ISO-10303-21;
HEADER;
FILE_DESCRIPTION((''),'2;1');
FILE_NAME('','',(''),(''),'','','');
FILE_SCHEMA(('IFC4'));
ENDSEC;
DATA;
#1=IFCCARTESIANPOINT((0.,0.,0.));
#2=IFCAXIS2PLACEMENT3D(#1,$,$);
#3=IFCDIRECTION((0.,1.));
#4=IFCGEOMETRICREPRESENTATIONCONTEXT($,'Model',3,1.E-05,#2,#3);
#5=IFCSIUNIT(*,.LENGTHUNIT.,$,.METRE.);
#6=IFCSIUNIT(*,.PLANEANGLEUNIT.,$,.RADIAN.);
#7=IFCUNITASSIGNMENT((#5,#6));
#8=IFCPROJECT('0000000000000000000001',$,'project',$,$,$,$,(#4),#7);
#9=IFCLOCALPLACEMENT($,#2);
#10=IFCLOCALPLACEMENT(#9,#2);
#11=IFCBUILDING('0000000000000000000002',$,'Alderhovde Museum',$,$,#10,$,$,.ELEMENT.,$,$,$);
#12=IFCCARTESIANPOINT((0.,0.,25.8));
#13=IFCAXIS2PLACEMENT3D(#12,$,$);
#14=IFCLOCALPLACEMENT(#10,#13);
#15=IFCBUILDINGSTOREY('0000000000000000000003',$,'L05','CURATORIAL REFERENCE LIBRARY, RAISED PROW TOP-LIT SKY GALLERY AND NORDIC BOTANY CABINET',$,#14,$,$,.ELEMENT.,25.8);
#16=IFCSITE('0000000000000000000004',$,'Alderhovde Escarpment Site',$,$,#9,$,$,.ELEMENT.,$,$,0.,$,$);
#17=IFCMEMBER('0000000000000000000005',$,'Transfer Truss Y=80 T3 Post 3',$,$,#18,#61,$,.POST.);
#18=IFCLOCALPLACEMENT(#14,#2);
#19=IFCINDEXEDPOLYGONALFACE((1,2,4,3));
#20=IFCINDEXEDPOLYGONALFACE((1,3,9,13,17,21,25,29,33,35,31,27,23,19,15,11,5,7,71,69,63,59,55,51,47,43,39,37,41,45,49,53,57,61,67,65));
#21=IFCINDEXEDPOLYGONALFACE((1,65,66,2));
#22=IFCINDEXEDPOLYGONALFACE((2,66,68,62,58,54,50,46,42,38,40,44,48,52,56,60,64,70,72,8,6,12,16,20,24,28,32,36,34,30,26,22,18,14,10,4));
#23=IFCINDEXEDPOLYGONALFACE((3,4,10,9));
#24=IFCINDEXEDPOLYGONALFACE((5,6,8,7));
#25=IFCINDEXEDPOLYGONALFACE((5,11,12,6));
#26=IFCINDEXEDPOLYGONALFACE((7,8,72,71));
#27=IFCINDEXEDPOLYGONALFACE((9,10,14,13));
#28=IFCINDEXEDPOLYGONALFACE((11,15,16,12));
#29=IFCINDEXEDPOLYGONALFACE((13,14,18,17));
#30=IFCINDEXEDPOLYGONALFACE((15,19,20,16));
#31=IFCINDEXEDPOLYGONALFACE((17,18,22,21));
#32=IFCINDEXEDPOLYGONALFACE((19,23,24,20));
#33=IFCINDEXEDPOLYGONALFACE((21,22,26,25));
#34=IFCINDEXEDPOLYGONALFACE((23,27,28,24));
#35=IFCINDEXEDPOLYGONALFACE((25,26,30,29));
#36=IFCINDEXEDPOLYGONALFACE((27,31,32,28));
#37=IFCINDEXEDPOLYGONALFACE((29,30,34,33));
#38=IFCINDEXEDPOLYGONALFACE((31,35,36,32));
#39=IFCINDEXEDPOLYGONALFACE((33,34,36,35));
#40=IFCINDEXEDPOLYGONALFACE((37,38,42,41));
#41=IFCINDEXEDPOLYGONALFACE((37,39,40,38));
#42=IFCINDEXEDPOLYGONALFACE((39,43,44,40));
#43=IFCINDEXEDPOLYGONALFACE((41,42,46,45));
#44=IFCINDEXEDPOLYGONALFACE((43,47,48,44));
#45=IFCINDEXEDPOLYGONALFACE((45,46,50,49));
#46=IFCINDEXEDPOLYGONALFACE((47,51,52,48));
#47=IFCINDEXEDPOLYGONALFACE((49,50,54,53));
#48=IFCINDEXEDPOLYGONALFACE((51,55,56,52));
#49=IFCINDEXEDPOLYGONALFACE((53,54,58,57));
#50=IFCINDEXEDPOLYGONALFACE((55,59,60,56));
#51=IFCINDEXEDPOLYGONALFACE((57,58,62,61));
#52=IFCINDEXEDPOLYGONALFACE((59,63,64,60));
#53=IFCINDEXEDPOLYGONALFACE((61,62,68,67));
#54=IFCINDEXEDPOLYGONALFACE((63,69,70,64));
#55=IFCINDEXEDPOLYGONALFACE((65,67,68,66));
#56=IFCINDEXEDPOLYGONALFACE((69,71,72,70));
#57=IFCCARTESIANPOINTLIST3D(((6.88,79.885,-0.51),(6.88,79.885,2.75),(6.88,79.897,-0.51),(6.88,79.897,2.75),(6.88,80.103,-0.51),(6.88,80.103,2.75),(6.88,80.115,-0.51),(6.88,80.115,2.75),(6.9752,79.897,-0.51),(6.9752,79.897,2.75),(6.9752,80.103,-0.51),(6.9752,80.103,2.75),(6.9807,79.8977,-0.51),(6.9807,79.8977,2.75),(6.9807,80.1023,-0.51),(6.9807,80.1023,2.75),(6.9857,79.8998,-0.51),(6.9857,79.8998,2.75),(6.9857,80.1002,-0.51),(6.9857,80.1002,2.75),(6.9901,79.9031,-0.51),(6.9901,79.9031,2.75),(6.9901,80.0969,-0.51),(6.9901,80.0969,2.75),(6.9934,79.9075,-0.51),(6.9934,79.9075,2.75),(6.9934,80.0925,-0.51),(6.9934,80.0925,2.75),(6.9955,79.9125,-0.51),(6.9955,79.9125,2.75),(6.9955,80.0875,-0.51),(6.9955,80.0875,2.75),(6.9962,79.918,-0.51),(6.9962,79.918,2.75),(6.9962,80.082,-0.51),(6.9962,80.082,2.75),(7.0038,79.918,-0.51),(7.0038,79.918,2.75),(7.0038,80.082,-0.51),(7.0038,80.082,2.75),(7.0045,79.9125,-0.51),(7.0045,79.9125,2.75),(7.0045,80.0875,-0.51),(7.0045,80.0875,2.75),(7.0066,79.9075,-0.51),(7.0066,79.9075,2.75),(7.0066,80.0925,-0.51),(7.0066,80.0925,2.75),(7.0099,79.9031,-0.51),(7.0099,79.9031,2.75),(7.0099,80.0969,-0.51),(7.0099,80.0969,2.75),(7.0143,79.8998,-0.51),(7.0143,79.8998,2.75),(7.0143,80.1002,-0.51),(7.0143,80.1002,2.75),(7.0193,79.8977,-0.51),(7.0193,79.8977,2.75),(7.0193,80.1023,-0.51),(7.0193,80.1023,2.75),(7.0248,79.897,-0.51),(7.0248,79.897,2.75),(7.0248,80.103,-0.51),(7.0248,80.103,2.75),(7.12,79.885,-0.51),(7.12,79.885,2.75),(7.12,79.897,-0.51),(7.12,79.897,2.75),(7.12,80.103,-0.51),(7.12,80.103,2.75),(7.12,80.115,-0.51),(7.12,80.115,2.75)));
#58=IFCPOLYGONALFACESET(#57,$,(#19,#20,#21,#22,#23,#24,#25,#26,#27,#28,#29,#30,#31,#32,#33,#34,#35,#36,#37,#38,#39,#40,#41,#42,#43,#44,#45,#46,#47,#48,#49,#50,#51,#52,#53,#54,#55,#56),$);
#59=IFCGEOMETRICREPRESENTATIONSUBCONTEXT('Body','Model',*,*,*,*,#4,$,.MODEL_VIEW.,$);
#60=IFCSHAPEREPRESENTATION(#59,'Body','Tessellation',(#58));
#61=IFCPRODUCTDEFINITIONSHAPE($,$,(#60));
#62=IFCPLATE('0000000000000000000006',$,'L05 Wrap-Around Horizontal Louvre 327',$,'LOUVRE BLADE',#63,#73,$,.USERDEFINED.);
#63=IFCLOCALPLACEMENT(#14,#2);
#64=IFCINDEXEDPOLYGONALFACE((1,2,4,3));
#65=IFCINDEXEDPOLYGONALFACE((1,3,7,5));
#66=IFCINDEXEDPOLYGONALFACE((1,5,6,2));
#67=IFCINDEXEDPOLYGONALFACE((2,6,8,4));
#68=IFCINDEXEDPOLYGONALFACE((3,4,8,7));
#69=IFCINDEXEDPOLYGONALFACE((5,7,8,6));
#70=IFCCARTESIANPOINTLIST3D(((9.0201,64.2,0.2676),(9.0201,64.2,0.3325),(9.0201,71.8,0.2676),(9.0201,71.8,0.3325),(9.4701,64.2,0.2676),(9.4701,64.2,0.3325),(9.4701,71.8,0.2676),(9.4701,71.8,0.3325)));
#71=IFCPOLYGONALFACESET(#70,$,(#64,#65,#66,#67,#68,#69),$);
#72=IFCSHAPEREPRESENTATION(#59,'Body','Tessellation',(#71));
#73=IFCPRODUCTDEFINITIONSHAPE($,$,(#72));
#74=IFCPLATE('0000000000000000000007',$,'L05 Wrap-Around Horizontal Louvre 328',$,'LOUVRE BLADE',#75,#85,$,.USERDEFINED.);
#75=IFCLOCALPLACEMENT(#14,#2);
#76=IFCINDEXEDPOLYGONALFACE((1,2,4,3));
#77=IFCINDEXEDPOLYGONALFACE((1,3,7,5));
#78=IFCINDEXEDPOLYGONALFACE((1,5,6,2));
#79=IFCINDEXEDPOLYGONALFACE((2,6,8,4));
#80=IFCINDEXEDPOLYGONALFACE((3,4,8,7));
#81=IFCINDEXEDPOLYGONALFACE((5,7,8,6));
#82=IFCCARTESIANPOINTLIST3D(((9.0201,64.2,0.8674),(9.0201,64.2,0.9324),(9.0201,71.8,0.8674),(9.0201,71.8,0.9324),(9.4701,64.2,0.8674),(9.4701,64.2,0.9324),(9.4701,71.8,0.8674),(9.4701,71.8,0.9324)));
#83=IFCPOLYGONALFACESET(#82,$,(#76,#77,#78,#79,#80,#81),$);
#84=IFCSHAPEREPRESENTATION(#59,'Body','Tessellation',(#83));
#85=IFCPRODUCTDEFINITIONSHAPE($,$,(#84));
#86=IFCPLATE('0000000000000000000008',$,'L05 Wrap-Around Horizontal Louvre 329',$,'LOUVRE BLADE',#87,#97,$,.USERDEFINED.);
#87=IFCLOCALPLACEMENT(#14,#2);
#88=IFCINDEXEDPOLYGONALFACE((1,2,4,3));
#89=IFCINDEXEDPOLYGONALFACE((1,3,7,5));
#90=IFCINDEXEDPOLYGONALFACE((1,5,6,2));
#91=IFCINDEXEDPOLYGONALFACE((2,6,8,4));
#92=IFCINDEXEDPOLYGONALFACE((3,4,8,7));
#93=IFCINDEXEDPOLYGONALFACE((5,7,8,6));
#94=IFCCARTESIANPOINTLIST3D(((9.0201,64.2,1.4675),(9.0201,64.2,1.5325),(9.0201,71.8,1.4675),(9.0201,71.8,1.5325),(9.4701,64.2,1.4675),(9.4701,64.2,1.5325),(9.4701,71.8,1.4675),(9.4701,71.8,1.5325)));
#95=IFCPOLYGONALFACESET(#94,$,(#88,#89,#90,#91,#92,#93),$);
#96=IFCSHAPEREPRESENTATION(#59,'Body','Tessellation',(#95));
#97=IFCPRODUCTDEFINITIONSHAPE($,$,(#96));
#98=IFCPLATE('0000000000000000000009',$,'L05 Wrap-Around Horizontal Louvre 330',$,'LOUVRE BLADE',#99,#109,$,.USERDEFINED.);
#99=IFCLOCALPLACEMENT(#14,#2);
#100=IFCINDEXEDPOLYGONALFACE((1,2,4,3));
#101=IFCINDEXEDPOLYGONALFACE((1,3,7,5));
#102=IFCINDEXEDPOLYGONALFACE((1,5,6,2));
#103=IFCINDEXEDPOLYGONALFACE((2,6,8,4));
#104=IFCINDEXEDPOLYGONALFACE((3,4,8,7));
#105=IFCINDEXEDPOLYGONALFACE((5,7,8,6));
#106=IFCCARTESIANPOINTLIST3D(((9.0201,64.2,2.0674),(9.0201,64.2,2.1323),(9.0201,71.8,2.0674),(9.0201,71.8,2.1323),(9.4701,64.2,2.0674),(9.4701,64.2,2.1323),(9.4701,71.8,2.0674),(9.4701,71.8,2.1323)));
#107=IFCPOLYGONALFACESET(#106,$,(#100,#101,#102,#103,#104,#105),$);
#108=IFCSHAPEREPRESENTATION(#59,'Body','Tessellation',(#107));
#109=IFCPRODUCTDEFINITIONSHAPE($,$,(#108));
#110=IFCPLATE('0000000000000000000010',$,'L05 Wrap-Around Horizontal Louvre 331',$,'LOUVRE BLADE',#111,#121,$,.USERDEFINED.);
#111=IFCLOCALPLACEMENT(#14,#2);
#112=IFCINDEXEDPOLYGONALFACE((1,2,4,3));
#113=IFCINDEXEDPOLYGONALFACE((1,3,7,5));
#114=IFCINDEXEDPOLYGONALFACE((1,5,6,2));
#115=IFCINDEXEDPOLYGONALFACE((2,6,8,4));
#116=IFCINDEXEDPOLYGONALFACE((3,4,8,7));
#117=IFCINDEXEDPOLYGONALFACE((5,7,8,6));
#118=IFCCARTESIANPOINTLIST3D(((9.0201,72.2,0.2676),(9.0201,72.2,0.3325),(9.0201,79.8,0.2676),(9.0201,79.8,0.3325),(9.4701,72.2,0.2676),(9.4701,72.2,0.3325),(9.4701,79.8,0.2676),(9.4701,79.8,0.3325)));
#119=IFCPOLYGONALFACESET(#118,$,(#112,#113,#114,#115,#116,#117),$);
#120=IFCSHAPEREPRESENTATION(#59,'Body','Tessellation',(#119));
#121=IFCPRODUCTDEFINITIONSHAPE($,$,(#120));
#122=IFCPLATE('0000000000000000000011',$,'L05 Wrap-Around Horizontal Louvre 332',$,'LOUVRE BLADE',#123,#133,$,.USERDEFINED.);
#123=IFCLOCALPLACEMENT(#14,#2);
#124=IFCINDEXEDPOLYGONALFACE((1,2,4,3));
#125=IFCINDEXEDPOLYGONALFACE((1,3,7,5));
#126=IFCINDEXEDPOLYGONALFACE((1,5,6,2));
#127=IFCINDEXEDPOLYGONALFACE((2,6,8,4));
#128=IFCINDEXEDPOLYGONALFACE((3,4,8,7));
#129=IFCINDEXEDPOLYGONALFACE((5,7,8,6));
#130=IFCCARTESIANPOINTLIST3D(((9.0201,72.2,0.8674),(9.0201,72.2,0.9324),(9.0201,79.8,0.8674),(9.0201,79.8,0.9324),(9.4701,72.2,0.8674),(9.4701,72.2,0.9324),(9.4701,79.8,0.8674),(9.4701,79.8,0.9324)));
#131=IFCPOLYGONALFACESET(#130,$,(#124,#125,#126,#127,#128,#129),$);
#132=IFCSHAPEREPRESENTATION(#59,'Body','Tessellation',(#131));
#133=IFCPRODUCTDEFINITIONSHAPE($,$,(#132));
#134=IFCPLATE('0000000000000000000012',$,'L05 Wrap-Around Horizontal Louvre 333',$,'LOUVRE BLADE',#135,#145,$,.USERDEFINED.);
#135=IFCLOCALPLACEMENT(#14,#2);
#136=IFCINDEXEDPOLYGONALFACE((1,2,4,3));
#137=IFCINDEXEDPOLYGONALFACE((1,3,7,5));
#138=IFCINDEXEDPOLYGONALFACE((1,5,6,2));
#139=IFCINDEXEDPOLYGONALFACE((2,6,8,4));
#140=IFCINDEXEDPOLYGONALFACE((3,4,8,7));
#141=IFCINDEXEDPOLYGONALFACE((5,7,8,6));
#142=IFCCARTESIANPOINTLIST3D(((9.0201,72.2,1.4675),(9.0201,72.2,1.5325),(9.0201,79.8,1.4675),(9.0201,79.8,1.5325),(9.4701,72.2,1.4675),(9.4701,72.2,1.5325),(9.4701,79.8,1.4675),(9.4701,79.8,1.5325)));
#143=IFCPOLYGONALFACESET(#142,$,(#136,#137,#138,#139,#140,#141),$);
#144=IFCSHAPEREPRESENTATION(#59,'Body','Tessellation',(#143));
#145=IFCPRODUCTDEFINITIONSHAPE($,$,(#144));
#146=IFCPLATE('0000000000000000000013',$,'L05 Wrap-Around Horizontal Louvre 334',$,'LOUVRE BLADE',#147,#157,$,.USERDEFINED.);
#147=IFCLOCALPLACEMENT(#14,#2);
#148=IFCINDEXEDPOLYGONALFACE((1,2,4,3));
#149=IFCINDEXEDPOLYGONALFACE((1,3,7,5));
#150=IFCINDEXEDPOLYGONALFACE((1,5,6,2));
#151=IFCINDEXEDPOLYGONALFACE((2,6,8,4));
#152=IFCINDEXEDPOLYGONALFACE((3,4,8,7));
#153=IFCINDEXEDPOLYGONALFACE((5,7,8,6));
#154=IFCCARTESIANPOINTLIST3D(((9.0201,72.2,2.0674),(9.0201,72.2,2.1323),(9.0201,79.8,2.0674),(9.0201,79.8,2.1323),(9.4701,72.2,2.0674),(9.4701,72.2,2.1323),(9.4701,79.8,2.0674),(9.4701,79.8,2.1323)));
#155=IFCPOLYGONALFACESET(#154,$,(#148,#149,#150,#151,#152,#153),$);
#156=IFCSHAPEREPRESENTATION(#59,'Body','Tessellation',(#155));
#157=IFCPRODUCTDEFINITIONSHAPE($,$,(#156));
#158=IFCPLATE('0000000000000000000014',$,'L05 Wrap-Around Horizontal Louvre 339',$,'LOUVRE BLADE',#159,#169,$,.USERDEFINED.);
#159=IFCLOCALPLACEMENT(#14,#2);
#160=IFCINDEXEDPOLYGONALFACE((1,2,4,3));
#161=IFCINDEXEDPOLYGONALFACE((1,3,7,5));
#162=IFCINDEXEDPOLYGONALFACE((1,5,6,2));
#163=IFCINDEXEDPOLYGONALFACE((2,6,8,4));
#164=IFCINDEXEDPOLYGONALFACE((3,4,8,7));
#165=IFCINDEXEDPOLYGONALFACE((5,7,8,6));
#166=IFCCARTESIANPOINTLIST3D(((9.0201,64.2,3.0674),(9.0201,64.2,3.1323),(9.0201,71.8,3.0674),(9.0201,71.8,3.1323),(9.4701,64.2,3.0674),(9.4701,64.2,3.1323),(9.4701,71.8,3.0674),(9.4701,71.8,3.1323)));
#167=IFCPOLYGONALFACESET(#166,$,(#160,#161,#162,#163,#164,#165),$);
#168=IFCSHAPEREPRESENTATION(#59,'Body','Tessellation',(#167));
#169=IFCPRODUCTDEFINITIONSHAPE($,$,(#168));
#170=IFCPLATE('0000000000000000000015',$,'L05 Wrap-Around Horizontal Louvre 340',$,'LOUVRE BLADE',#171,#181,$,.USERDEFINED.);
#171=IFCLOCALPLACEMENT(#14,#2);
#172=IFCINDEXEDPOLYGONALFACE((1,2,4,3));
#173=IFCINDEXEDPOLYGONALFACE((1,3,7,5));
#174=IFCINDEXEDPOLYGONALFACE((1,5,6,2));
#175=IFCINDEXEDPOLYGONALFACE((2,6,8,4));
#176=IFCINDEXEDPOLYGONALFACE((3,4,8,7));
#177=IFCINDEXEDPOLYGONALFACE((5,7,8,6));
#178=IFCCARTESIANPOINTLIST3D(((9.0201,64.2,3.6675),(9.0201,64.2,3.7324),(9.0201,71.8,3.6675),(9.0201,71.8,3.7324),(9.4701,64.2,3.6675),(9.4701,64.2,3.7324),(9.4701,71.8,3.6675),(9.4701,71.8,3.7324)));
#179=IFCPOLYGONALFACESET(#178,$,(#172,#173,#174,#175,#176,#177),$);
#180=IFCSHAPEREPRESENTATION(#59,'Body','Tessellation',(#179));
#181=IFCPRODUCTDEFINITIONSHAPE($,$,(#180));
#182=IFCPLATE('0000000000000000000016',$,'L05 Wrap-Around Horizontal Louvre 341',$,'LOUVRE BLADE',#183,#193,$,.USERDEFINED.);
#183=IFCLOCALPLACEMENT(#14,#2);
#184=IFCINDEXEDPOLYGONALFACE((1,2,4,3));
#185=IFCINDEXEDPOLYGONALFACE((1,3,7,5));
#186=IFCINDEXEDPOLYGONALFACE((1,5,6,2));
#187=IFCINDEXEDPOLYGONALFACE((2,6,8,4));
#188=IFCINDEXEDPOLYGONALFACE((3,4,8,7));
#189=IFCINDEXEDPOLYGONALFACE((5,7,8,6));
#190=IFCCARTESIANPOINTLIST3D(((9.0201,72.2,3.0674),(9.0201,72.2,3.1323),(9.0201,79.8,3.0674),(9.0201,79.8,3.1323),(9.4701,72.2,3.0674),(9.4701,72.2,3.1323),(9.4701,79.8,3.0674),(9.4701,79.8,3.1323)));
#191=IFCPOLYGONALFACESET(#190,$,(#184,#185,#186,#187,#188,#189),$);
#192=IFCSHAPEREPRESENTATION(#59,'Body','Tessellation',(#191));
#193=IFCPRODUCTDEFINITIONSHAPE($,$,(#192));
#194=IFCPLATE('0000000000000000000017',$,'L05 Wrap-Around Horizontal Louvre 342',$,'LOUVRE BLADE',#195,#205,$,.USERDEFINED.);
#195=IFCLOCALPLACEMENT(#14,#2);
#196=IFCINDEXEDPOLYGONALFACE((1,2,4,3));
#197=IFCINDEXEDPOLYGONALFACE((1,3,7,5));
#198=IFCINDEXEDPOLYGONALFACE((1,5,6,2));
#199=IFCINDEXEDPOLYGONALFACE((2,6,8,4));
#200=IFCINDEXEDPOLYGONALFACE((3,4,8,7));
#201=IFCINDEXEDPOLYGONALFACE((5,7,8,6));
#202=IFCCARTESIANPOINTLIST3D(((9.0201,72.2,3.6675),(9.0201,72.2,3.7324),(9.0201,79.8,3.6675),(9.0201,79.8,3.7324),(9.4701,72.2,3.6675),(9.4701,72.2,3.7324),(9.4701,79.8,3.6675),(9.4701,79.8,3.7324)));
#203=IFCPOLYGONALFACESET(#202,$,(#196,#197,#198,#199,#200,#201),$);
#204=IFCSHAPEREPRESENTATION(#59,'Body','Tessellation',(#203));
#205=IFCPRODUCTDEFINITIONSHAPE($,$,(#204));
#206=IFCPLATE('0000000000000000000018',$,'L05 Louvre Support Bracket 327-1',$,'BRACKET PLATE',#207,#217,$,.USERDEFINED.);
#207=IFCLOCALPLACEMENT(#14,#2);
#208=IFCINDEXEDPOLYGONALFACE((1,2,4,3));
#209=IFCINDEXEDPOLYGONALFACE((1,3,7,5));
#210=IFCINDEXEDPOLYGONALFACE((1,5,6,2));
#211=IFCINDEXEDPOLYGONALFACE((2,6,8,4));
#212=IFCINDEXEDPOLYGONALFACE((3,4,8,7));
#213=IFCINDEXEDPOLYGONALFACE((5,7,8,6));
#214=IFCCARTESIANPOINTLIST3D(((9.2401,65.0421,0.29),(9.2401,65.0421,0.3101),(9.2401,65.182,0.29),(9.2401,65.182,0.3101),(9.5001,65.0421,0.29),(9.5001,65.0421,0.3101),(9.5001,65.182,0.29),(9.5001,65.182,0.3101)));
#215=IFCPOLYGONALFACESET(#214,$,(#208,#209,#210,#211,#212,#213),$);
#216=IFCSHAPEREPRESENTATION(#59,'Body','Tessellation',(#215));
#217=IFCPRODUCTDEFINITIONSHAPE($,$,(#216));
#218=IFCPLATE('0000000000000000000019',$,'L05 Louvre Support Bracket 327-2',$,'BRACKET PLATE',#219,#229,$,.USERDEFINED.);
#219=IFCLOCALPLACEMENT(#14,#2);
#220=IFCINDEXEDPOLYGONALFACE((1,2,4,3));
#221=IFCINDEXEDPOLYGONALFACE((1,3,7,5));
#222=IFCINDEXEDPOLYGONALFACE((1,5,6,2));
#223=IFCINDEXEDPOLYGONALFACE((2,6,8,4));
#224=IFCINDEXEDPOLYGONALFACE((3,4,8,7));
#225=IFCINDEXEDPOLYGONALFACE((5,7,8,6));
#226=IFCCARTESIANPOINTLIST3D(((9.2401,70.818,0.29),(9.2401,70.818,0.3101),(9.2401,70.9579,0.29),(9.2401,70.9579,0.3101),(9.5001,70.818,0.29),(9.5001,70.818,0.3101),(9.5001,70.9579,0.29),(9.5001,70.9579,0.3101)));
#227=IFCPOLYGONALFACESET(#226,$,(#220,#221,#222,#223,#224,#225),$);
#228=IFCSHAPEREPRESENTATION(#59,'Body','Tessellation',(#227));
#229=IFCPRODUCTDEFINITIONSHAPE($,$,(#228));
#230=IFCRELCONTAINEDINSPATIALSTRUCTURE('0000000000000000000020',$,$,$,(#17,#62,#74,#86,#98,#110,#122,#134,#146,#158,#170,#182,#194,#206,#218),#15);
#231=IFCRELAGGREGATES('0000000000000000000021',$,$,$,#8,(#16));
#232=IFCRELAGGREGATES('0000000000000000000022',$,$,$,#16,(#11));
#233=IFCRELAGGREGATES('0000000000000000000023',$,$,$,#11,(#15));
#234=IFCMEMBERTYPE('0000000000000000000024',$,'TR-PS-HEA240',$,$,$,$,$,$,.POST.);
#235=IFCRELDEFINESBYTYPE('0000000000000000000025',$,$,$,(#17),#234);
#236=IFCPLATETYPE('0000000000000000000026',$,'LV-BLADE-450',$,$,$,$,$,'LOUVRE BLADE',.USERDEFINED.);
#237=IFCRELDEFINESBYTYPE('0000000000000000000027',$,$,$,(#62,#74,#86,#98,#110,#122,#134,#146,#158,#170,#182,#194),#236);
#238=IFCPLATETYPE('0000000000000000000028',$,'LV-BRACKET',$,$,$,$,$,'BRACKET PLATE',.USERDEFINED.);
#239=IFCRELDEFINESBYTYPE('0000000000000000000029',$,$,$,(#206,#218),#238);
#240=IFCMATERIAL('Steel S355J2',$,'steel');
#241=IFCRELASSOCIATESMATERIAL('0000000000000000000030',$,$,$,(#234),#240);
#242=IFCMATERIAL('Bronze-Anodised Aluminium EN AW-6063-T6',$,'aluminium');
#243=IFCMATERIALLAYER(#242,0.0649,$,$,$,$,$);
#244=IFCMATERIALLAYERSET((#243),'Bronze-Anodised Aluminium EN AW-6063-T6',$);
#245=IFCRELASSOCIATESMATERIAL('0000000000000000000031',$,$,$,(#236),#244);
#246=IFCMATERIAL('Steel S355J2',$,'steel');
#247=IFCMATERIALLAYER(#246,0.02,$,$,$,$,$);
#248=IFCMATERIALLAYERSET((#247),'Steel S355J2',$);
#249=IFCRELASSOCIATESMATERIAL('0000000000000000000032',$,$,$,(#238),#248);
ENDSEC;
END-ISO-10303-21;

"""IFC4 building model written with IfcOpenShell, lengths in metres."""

from ifc_helpers import new_model, si_unit, direction, frame, origin, origin_2d, place, context, subcontext, project, spatial, rectangle, i_section, extrude, material, layer, layer_set, material_profile, profile_set, type_object, element, save


model = new_model("IFC4")

# Units and contexts
model_context = context("Model", 3, precision=1e-05, world=origin(), true_north=direction((0.0, 1.0)))
body_context = subcontext(model_context, "Body", "Model", "MODEL_VIEW")
ifc_project = project(units=[si_unit("LENGTHUNIT", "METRE"), si_unit("PLANEANGLEUNIT", "RADIAN")], contexts=[model_context])

# Site, building, storey
site_placement = place(None, origin())
site = spatial("IfcSite", under=ifc_project, at=site_placement, Name="Alderhovde Escarpment Site", CompositionType="ELEMENT", RefElevation=0.0)
building_placement = place(site_placement, origin())
building = spatial("IfcBuilding", under=site, at=building_placement, Name="Alderhovde Museum", CompositionType="ELEMENT")
storey_placement = place(building_placement, frame((0.0, 0.0, 25.8)))
storey = spatial("IfcBuildingStorey", under=building, at=storey_placement, Name="L05", Description="CURATORIAL REFERENCE LIBRARY, RAISED PROW TOP-LIT SKY GALLERY AND NORDIC BOTANY CABINET", CompositionType="ELEMENT", Elevation=25.8)

# Member
ifc_material_1 = material(Name="Steel S355J2", Category="steel")
ifc_material_profile_1 = material_profile(ifc_material_1, i_section(OverallWidth=0.24, OverallDepth=0.23, WebThickness=0.0076, FlangeThickness=0.012, FilletRadius=0.021, at=origin_2d()), Name="HEA 240")
ifc_profile_set_1 = profile_set([ifc_material_profile_1], Name="Steel S355J2")
member_type_1 = type_object("IfcMemberType", Name="TR-PS-HEA240", PredefinedType="POST", material=ifc_profile_set_1)
for number, where, z_axis, x_axis, name in (
    (1, (7.0, 80.0, -0.51), (0.0, 0.0, 1.0), (1.0, 0.0, 0.0), "Transfer Truss Y=80 T3 Post 3"),
):
    element("IfcMember", number, at=place(storey_placement, frame(where, z_axis=z_axis, x_axis=x_axis)), inside=storey, type_object=member_type_1, Name=name, PredefinedType="POST", context=body_context, shape_type="SweptSolid", body=[
        extrude(i_section(OverallWidth=0.24, OverallDepth=0.23, WebThickness=0.0076, FlangeThickness=0.012, FilletRadius=0.021, at=origin_2d()), origin(), (0.0, 0.0, 1.0), 3.26),
    ])

# Plates
ifc_material_2 = material(Name="Bronze-Anodised Aluminium EN AW-6063-T6", Category="aluminium")
ifc_layer_1 = layer(ifc_material_2, 0.0649)
ifc_layer_set_1 = layer_set([ifc_layer_1], Name="Bronze-Anodised Aluminium EN AW-6063-T6")
plate_type_1 = type_object("IfcPlateType", Name="LV-BLADE-450", ElementType="LOUVRE BLADE", PredefinedType="USERDEFINED", material=ifc_layer_set_1)
for number, where, z_axis, x_axis, name in (
    (2, (9.2451, 68.0, 0.2676), (0.0, 0.0, 1.0), (0.0, 1.0, 0.0), "L05 Wrap-Around Horizontal Louvre 327"),
    (3, (9.2451, 68.0, 0.8674), (0.0, 0.0, 1.0), (0.0, 1.0, 0.0), "L05 Wrap-Around Horizontal Louvre 328"),
    (4, (9.2451, 68.0, 1.4675), (0.0, 0.0, 1.0), (0.0, 1.0, 0.0), "L05 Wrap-Around Horizontal Louvre 329"),
    (5, (9.2451, 68.0, 2.0674), (0.0, 0.0, 1.0), (0.0, 1.0, 0.0), "L05 Wrap-Around Horizontal Louvre 330"),
    (6, (9.2451, 76.0, 0.2676), (0.0, 0.0, 1.0), (0.0, 1.0, 0.0), "L05 Wrap-Around Horizontal Louvre 331"),
    (7, (9.2451, 76.0, 0.8674), (0.0, 0.0, 1.0), (0.0, 1.0, 0.0), "L05 Wrap-Around Horizontal Louvre 332"),
    (8, (9.2451, 76.0, 1.4675), (0.0, 0.0, 1.0), (0.0, 1.0, 0.0), "L05 Wrap-Around Horizontal Louvre 333"),
    (9, (9.2451, 76.0, 2.0674), (0.0, 0.0, 1.0), (0.0, 1.0, 0.0), "L05 Wrap-Around Horizontal Louvre 334"),
    (10, (9.2451, 68.0, 3.0674), (0.0, 0.0, 1.0), (0.0, 1.0, 0.0), "L05 Wrap-Around Horizontal Louvre 339"),
    (11, (9.2451, 68.0, 3.6675), (0.0, 0.0, 1.0), (0.0, 1.0, 0.0), "L05 Wrap-Around Horizontal Louvre 340"),
    (12, (9.2451, 76.0, 3.0674), (0.0, 0.0, 1.0), (0.0, 1.0, 0.0), "L05 Wrap-Around Horizontal Louvre 341"),
    (13, (9.2451, 76.0, 3.6675), (0.0, 0.0, 1.0), (0.0, 1.0, 0.0), "L05 Wrap-Around Horizontal Louvre 342"),
):
    element("IfcPlate", number, at=place(storey_placement, frame(where, z_axis=z_axis, x_axis=x_axis)), inside=storey, type_object=plate_type_1, Name=name, ObjectType="LOUVRE BLADE", PredefinedType="USERDEFINED", context=body_context, shape_type="SweptSolid", body=[
        extrude(rectangle(XDim=7.6001, YDim=0.45, at=origin_2d()), origin(), (0.0, 0.0, 1.0), 0.0649),
    ])
ifc_material_3 = material(Name="Steel S355J2", Category="steel")
ifc_layer_2 = layer(ifc_material_3, 0.02)
ifc_layer_set_2 = layer_set([ifc_layer_2], Name="Steel S355J2")
plate_type_2 = type_object("IfcPlateType", Name="LV-BRACKET", ElementType="BRACKET PLATE", PredefinedType="USERDEFINED", material=ifc_layer_set_2)
for number, where, z_axis, x_axis, name in (
    (14, (9.3701, 65.1121, 0.29), (0.0, 0.0, 1.0), (0.0, 1.0, 0.0), "L05 Louvre Support Bracket 327-1"),
    (15, (9.3701, 70.8879, 0.29), (0.0, 0.0, 1.0), (0.0, 1.0, 0.0), "L05 Louvre Support Bracket 327-2"),
):
    element("IfcPlate", number, at=place(storey_placement, frame(where, z_axis=z_axis, x_axis=x_axis)), inside=storey, type_object=plate_type_2, Name=name, ObjectType="BRACKET PLATE", PredefinedType="USERDEFINED", context=body_context, shape_type="SweptSolid", body=[
        extrude(rectangle(XDim=0.1399, YDim=0.26, at=origin_2d()), origin(), (0.0, 0.0, 1.0), 0.02),
    ])

save(model, "model.ifc")
